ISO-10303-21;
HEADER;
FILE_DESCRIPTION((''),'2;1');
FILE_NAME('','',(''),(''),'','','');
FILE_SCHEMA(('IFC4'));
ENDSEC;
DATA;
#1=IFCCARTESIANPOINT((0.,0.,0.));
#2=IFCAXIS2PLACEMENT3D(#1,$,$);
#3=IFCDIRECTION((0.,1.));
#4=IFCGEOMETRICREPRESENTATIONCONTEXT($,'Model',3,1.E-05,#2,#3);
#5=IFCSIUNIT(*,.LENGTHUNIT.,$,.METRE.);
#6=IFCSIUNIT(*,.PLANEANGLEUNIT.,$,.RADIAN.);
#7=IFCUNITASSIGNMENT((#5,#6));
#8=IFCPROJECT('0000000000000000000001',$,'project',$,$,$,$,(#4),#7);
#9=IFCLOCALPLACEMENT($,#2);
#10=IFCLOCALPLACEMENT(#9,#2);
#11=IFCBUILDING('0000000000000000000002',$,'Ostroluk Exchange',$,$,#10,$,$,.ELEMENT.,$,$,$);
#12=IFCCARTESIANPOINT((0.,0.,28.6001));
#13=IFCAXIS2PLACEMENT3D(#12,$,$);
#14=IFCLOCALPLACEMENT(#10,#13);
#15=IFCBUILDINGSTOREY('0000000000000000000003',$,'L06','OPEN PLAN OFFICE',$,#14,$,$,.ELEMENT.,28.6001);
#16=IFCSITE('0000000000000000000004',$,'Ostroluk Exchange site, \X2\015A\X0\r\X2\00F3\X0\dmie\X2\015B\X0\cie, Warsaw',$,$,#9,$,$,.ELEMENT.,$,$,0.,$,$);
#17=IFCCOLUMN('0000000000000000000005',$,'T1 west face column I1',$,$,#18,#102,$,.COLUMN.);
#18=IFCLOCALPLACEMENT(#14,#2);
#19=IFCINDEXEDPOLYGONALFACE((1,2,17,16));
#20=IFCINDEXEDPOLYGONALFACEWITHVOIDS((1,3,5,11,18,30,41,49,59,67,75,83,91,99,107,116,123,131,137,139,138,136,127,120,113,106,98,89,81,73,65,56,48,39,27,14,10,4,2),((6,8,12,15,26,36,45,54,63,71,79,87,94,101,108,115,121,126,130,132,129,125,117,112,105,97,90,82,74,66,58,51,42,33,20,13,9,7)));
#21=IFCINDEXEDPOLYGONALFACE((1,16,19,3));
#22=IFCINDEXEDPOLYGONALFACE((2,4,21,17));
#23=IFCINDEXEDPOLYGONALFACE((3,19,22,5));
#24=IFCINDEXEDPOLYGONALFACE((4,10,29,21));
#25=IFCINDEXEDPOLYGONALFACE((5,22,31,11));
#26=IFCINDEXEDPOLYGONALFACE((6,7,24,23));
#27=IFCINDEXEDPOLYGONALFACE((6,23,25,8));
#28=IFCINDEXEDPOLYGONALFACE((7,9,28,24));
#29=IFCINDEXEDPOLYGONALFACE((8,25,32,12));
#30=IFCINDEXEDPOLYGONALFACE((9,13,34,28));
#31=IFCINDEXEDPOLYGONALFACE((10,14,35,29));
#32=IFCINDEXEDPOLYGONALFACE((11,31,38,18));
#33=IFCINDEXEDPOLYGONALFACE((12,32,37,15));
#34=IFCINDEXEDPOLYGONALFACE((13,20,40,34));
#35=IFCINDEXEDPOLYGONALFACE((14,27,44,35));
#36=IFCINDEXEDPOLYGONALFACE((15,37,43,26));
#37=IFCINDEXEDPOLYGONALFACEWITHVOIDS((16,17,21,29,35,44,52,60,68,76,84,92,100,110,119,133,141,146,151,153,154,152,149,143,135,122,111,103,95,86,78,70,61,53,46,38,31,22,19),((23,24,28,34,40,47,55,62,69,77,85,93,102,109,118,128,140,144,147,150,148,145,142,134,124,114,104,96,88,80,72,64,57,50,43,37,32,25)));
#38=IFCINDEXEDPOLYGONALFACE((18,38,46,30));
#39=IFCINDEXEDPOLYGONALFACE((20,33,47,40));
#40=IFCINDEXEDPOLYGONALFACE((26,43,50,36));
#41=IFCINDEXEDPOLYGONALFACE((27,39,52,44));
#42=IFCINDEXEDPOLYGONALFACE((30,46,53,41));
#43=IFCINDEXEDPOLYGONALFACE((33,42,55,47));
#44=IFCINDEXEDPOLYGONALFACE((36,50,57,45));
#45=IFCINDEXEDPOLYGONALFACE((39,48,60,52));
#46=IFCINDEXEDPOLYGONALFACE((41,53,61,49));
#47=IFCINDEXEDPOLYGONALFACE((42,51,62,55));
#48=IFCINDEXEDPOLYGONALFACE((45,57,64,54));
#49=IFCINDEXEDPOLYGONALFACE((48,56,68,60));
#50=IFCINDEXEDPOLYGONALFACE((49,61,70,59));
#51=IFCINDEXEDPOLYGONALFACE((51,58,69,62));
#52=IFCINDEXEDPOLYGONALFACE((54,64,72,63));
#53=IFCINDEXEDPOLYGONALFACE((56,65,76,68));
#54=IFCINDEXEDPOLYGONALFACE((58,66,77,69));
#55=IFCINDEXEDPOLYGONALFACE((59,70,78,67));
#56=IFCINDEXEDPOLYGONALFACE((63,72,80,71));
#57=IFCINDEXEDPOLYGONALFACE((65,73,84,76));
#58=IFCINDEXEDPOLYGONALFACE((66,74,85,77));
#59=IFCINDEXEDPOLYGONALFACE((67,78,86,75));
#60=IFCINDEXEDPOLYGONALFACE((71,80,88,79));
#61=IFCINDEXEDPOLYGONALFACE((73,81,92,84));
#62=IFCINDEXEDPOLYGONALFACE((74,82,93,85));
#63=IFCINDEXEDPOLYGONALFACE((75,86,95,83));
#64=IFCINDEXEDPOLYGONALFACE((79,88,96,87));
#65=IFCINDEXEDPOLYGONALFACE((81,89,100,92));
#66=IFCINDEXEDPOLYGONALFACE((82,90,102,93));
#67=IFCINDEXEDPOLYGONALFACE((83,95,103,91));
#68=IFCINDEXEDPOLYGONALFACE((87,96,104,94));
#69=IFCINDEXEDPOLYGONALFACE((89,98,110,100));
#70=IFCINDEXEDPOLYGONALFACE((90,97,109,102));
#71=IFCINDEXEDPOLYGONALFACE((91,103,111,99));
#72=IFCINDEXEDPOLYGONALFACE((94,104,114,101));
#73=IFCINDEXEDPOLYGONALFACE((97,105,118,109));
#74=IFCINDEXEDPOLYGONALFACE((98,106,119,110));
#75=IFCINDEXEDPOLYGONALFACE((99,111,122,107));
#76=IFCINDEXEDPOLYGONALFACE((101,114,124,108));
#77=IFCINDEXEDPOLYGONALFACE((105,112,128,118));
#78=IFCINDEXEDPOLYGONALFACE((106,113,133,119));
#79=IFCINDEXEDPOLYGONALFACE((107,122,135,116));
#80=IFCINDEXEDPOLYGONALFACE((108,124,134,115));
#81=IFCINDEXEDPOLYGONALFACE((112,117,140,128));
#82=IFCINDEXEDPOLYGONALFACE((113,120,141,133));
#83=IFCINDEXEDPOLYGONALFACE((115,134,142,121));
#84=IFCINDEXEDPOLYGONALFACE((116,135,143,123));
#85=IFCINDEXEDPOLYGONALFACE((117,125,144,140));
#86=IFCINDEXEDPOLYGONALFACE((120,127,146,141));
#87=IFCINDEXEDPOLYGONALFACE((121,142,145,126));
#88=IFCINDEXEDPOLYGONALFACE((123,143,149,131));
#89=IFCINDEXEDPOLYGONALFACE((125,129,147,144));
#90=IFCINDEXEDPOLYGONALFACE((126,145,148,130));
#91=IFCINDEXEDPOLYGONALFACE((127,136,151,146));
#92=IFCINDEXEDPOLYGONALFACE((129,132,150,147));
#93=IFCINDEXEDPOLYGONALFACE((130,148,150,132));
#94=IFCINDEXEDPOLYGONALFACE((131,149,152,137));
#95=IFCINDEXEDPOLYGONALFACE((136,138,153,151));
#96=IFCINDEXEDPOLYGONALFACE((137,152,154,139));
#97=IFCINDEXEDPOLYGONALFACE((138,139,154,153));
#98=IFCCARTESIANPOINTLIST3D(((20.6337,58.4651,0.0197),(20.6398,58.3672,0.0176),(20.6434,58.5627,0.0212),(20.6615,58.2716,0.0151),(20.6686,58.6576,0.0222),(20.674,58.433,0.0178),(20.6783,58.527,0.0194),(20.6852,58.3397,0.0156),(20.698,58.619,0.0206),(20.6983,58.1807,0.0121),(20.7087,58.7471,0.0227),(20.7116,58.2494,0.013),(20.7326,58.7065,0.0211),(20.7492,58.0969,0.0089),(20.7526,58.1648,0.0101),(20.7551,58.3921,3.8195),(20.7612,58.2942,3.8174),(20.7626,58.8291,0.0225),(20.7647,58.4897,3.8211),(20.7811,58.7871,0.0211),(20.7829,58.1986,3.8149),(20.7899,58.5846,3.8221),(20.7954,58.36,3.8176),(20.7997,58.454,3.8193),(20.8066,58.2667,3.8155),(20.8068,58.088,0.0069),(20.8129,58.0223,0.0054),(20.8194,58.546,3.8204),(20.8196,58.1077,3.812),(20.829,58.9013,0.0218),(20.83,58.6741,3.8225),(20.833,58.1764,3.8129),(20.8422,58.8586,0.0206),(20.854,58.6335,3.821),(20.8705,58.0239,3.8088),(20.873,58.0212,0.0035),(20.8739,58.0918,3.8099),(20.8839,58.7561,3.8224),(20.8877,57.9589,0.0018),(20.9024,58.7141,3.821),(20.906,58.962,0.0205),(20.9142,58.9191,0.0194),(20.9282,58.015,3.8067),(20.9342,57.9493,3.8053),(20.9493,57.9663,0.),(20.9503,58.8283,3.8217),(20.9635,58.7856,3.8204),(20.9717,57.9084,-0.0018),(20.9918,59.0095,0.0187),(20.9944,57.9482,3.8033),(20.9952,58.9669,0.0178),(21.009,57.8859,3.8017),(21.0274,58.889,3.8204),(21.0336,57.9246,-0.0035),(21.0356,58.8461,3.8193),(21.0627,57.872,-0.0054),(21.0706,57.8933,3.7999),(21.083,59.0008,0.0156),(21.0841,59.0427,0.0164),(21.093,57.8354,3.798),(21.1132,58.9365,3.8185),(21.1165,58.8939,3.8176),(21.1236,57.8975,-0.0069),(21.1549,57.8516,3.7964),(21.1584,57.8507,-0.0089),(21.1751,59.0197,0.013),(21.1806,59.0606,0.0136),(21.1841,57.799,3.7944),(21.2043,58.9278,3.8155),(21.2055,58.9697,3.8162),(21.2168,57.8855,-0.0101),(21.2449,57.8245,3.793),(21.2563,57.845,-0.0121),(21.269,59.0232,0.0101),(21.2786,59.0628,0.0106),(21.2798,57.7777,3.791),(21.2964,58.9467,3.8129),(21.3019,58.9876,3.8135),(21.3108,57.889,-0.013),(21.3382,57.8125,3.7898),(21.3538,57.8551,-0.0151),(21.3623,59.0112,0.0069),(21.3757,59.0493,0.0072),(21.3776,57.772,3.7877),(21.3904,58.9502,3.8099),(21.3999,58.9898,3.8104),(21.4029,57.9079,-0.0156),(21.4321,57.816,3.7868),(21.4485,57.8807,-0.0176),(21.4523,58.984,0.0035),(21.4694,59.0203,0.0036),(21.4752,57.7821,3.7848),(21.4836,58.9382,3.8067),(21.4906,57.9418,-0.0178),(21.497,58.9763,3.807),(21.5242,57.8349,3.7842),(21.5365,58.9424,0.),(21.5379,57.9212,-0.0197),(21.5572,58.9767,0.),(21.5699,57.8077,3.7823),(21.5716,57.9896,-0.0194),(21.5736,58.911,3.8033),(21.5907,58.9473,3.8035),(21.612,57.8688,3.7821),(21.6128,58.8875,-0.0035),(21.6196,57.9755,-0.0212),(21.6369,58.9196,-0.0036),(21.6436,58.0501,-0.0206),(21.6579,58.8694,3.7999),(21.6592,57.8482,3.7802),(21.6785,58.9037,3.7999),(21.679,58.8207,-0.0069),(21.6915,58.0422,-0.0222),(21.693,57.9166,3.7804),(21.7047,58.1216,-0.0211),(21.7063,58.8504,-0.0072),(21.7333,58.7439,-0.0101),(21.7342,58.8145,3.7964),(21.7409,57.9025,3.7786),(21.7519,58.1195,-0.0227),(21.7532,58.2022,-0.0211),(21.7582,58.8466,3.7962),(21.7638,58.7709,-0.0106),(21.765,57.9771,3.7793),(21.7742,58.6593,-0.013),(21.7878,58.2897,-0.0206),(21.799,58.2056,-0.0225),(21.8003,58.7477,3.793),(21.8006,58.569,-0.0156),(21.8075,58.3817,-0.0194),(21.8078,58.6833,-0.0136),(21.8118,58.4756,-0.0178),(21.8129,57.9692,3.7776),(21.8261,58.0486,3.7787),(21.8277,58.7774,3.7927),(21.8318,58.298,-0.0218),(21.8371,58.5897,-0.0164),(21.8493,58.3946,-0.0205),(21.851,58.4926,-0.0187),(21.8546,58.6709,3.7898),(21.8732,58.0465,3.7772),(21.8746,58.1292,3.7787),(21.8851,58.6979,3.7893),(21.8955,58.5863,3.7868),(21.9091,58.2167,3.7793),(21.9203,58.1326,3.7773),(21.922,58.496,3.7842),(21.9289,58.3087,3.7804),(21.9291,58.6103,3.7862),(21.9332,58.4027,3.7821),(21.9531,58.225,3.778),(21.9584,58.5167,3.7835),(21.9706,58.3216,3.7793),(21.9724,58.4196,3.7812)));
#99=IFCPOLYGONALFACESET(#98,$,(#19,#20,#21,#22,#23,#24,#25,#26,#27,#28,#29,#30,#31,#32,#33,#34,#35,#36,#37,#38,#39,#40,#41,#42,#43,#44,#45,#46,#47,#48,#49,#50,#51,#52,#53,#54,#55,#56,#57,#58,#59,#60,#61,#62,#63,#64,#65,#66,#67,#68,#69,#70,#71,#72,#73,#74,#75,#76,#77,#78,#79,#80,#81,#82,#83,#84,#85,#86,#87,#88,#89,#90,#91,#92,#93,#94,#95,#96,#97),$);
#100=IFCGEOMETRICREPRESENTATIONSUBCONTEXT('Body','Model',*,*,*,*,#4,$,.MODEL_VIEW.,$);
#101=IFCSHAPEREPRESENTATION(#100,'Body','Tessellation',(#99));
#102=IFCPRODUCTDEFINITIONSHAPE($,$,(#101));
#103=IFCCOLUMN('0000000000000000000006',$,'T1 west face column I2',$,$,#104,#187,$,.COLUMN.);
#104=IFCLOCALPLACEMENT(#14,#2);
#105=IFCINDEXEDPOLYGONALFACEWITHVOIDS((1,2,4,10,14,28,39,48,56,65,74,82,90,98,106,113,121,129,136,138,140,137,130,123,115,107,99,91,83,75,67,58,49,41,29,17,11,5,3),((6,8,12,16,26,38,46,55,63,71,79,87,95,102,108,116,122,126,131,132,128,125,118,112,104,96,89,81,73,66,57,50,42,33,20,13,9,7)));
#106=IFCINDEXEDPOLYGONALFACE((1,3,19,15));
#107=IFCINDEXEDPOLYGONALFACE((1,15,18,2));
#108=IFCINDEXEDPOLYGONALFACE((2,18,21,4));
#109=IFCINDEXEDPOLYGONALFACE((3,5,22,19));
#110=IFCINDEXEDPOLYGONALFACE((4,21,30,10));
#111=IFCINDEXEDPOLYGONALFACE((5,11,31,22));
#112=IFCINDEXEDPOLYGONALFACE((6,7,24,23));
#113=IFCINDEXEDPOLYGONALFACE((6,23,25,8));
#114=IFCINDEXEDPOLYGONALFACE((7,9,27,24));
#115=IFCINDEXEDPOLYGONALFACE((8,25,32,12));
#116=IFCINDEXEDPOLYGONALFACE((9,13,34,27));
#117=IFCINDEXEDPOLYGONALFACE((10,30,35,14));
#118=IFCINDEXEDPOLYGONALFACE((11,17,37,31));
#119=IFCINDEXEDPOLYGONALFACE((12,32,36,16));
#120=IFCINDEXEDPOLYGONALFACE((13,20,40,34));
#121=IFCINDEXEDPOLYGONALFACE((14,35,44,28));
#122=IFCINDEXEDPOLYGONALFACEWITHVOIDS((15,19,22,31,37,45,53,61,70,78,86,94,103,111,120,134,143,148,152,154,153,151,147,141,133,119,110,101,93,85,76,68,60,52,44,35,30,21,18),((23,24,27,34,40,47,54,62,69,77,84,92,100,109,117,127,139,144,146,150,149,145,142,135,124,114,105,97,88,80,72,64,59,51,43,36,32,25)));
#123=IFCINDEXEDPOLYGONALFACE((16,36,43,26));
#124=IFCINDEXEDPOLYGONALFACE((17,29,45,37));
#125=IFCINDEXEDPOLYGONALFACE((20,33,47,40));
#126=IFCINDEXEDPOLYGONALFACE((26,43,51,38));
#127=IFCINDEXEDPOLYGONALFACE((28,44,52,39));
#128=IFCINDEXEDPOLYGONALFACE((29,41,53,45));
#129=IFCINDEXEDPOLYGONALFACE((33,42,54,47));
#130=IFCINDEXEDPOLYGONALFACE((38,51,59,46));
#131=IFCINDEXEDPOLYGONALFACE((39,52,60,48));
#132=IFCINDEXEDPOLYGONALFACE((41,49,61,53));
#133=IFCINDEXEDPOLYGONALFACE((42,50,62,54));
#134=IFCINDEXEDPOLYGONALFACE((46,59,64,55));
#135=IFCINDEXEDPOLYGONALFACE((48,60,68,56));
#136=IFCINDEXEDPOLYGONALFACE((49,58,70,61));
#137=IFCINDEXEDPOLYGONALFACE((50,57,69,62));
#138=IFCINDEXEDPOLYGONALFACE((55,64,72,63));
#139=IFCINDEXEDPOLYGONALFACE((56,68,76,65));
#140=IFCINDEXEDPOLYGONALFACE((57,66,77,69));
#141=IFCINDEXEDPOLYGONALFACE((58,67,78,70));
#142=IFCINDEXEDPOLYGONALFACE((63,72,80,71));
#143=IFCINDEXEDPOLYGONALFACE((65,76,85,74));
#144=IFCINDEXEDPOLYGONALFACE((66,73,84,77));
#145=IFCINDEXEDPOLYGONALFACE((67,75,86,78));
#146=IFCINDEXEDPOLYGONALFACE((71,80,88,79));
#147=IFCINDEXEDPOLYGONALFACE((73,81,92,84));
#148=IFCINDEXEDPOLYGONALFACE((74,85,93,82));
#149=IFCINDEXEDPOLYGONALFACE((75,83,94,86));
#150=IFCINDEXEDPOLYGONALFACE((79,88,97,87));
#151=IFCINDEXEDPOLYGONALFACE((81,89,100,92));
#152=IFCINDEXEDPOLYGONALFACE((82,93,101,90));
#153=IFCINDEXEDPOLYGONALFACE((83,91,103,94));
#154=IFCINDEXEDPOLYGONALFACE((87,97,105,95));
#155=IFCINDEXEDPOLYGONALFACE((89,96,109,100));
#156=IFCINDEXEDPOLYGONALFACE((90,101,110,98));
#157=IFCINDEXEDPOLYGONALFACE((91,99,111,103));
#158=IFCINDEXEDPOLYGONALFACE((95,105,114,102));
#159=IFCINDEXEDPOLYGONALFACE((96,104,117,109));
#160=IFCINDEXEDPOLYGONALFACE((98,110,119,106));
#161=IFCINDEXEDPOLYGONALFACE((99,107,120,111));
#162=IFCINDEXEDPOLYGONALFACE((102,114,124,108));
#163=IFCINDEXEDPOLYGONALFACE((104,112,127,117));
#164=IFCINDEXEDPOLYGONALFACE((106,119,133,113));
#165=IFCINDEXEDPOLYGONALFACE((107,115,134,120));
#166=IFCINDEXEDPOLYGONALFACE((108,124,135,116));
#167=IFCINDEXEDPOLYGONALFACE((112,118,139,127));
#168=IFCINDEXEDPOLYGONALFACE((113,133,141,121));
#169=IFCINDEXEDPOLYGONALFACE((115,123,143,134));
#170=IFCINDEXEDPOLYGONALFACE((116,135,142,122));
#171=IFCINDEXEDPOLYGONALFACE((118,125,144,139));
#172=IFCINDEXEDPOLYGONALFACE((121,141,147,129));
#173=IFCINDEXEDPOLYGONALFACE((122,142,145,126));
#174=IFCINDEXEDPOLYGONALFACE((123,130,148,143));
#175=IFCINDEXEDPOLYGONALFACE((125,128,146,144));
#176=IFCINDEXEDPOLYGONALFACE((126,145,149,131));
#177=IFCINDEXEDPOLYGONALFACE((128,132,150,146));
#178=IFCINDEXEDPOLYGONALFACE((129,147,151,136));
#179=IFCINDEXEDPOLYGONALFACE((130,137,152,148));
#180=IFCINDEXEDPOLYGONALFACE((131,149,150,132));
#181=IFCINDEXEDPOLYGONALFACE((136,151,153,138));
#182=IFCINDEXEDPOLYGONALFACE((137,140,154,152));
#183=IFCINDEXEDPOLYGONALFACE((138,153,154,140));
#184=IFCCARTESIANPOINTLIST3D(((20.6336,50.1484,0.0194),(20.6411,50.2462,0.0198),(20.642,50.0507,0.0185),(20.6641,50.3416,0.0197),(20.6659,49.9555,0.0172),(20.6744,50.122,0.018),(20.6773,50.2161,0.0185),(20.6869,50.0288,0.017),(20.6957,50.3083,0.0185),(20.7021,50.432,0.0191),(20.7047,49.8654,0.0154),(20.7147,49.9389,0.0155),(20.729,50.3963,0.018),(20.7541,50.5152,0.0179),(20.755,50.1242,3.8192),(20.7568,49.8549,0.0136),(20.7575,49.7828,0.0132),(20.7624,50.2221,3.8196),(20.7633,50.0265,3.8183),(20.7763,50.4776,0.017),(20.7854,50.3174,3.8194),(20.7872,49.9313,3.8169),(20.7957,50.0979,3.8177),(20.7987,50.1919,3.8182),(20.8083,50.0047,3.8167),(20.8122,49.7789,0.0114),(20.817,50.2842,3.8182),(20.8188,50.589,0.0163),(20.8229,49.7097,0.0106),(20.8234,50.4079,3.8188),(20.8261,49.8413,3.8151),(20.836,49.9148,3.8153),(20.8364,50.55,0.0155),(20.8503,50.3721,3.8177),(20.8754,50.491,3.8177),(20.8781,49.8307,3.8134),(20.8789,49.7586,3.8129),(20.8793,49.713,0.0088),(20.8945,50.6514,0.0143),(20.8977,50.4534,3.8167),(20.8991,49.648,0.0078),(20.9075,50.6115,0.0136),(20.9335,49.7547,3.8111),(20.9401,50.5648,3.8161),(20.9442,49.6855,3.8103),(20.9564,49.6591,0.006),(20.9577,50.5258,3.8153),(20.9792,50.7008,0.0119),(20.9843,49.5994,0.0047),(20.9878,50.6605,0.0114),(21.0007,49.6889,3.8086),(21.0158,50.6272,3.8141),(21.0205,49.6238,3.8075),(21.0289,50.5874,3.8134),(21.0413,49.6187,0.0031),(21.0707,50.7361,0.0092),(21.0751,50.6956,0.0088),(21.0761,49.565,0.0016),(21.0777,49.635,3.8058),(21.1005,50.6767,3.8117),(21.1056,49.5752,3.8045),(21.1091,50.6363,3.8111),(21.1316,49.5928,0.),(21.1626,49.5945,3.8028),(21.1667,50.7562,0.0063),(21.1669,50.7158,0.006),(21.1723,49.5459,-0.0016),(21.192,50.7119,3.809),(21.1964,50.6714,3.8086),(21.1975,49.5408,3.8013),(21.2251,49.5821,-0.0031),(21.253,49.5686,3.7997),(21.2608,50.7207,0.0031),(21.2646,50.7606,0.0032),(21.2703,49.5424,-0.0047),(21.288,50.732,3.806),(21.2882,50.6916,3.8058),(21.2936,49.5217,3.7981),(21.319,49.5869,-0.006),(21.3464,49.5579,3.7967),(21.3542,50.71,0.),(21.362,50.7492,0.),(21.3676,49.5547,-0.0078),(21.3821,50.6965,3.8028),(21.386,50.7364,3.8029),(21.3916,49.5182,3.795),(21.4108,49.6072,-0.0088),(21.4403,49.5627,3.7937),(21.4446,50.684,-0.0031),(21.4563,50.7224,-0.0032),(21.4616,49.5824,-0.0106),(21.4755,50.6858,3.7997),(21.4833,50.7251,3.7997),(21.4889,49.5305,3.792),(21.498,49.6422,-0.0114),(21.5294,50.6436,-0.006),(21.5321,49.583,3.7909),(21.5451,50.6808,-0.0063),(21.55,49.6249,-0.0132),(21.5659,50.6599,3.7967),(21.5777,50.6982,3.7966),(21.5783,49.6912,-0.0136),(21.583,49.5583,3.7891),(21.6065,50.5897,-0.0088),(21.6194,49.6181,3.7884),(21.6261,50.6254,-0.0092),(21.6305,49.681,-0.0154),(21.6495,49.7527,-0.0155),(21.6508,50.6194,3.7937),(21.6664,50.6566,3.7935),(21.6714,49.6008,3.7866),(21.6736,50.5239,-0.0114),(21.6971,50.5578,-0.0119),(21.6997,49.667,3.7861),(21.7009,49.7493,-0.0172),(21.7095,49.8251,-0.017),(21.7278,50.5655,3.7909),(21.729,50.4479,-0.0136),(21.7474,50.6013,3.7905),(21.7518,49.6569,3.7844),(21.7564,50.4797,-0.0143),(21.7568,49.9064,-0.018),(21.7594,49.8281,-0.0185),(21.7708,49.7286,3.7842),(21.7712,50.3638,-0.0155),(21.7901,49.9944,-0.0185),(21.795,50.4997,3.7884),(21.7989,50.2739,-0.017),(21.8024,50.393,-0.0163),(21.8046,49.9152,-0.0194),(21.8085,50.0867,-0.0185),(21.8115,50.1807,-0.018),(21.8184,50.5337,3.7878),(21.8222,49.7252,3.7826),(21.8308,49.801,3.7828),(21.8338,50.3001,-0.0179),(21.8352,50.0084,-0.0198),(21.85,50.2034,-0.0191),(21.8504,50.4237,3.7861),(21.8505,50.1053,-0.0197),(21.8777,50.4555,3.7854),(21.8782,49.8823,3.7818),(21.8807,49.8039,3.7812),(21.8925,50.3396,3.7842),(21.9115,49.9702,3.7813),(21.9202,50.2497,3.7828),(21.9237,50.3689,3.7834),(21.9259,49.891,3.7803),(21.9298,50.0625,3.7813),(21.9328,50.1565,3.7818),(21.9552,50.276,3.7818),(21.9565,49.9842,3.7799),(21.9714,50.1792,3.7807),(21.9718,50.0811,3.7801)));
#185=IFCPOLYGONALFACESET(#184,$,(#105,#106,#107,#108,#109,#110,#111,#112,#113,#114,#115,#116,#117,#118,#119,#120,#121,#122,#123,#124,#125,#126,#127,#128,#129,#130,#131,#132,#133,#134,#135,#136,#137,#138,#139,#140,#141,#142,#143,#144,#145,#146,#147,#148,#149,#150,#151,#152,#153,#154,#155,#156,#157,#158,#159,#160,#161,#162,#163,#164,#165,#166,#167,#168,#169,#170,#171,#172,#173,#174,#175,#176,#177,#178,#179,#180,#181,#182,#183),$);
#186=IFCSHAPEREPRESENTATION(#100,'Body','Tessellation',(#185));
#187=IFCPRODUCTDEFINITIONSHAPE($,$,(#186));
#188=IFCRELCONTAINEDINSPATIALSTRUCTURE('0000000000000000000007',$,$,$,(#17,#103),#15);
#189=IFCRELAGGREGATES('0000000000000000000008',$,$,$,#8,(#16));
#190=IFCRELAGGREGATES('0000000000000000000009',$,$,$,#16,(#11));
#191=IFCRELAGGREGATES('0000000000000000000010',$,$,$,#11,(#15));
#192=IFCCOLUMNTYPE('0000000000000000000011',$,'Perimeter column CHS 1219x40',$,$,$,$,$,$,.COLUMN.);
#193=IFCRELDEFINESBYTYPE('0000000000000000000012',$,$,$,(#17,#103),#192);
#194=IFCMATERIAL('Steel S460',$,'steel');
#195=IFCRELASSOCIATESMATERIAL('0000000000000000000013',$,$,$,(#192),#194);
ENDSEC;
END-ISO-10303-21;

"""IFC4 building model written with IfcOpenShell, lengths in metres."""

from ifc_helpers import new_model, si_unit, direction, frame, origin, origin_2d, place, context, subcontext, project, spatial, hollow_circle, extrude, material, material_profile, profile_set, type_object, element, save


model = new_model("IFC4")

# Units and contexts
model_context = context("Model", 3, precision=1e-05, world=origin(), true_north=direction((0.0, 1.0)))
body_context = subcontext(model_context, "Body", "Model", "MODEL_VIEW")
ifc_project = project(units=[si_unit("LENGTHUNIT", "METRE"), si_unit("PLANEANGLEUNIT", "RADIAN")], contexts=[model_context])

# Site, building, storey
site_placement = place(None, origin())
site = spatial("IfcSite", under=ifc_project, at=site_placement, Name="Ostroluk Exchange site, Śródmieście, Warsaw", CompositionType="ELEMENT", RefElevation=0.0)
building_placement = place(site_placement, origin())
building = spatial("IfcBuilding", under=site, at=building_placement, Name="Ostroluk Exchange", CompositionType="ELEMENT")
storey_placement = place(building_placement, frame((0.0, 0.0, 28.6001)))
storey = spatial("IfcBuildingStorey", under=building, at=storey_placement, Name="L06", Description="OPEN PLAN OFFICE", CompositionType="ELEMENT", Elevation=28.6001)

# Columns
ifc_material_1 = material(Name="Steel S460", Category="steel")
ifc_material_profile_1 = material_profile(ifc_material_1, hollow_circle(Radius=0.6096, WallThickness=0.04, at=origin_2d()), Name="CHS 1219x40")
ifc_profile_set_1 = profile_set([ifc_material_profile_1], Name="Steel S460")
column_type = type_object("IfcColumnType", Name="Perimeter column CHS 1219x40", PredefinedType="COLUMN", material=ifc_profile_set_1)
column_1_placement = place(storey_placement, frame((21.2429, 58.4543, 0.0), z_axis=(0.031911, -0.019198, 0.999306), x_axis=(0.51551, 0.856884, 0.0)))
element("IfcColumn", 1, at=column_1_placement, inside=storey, type_object=column_type, Name="T1 west face column I1", PredefinedType="COLUMN", context=body_context, shape_type="SweptSolid", body=[
    extrude(hollow_circle(Radius=0.6096, WallThickness=0.04, at=origin_2d()), origin(), (0.0, 0.0, 1.0), 3.8025),
])
column_2_placement = place(storey_placement, frame((21.2429, 50.1514, 0.0), z_axis=(0.031916, -0.006357, 0.99947), x_axis=(0.195357, 0.980732, 0.0)))
element("IfcColumn", 2, at=column_2_placement, inside=storey, type_object=column_type, Name="T1 west face column I2", PredefinedType="COLUMN", context=body_context, shape_type="SweptSolid", body=[
    extrude(hollow_circle(Radius=0.6096, WallThickness=0.04, at=origin_2d()), origin(), (0.0, 0.0, 1.0), 3.8018),
])

save(model, "model.ifc")
